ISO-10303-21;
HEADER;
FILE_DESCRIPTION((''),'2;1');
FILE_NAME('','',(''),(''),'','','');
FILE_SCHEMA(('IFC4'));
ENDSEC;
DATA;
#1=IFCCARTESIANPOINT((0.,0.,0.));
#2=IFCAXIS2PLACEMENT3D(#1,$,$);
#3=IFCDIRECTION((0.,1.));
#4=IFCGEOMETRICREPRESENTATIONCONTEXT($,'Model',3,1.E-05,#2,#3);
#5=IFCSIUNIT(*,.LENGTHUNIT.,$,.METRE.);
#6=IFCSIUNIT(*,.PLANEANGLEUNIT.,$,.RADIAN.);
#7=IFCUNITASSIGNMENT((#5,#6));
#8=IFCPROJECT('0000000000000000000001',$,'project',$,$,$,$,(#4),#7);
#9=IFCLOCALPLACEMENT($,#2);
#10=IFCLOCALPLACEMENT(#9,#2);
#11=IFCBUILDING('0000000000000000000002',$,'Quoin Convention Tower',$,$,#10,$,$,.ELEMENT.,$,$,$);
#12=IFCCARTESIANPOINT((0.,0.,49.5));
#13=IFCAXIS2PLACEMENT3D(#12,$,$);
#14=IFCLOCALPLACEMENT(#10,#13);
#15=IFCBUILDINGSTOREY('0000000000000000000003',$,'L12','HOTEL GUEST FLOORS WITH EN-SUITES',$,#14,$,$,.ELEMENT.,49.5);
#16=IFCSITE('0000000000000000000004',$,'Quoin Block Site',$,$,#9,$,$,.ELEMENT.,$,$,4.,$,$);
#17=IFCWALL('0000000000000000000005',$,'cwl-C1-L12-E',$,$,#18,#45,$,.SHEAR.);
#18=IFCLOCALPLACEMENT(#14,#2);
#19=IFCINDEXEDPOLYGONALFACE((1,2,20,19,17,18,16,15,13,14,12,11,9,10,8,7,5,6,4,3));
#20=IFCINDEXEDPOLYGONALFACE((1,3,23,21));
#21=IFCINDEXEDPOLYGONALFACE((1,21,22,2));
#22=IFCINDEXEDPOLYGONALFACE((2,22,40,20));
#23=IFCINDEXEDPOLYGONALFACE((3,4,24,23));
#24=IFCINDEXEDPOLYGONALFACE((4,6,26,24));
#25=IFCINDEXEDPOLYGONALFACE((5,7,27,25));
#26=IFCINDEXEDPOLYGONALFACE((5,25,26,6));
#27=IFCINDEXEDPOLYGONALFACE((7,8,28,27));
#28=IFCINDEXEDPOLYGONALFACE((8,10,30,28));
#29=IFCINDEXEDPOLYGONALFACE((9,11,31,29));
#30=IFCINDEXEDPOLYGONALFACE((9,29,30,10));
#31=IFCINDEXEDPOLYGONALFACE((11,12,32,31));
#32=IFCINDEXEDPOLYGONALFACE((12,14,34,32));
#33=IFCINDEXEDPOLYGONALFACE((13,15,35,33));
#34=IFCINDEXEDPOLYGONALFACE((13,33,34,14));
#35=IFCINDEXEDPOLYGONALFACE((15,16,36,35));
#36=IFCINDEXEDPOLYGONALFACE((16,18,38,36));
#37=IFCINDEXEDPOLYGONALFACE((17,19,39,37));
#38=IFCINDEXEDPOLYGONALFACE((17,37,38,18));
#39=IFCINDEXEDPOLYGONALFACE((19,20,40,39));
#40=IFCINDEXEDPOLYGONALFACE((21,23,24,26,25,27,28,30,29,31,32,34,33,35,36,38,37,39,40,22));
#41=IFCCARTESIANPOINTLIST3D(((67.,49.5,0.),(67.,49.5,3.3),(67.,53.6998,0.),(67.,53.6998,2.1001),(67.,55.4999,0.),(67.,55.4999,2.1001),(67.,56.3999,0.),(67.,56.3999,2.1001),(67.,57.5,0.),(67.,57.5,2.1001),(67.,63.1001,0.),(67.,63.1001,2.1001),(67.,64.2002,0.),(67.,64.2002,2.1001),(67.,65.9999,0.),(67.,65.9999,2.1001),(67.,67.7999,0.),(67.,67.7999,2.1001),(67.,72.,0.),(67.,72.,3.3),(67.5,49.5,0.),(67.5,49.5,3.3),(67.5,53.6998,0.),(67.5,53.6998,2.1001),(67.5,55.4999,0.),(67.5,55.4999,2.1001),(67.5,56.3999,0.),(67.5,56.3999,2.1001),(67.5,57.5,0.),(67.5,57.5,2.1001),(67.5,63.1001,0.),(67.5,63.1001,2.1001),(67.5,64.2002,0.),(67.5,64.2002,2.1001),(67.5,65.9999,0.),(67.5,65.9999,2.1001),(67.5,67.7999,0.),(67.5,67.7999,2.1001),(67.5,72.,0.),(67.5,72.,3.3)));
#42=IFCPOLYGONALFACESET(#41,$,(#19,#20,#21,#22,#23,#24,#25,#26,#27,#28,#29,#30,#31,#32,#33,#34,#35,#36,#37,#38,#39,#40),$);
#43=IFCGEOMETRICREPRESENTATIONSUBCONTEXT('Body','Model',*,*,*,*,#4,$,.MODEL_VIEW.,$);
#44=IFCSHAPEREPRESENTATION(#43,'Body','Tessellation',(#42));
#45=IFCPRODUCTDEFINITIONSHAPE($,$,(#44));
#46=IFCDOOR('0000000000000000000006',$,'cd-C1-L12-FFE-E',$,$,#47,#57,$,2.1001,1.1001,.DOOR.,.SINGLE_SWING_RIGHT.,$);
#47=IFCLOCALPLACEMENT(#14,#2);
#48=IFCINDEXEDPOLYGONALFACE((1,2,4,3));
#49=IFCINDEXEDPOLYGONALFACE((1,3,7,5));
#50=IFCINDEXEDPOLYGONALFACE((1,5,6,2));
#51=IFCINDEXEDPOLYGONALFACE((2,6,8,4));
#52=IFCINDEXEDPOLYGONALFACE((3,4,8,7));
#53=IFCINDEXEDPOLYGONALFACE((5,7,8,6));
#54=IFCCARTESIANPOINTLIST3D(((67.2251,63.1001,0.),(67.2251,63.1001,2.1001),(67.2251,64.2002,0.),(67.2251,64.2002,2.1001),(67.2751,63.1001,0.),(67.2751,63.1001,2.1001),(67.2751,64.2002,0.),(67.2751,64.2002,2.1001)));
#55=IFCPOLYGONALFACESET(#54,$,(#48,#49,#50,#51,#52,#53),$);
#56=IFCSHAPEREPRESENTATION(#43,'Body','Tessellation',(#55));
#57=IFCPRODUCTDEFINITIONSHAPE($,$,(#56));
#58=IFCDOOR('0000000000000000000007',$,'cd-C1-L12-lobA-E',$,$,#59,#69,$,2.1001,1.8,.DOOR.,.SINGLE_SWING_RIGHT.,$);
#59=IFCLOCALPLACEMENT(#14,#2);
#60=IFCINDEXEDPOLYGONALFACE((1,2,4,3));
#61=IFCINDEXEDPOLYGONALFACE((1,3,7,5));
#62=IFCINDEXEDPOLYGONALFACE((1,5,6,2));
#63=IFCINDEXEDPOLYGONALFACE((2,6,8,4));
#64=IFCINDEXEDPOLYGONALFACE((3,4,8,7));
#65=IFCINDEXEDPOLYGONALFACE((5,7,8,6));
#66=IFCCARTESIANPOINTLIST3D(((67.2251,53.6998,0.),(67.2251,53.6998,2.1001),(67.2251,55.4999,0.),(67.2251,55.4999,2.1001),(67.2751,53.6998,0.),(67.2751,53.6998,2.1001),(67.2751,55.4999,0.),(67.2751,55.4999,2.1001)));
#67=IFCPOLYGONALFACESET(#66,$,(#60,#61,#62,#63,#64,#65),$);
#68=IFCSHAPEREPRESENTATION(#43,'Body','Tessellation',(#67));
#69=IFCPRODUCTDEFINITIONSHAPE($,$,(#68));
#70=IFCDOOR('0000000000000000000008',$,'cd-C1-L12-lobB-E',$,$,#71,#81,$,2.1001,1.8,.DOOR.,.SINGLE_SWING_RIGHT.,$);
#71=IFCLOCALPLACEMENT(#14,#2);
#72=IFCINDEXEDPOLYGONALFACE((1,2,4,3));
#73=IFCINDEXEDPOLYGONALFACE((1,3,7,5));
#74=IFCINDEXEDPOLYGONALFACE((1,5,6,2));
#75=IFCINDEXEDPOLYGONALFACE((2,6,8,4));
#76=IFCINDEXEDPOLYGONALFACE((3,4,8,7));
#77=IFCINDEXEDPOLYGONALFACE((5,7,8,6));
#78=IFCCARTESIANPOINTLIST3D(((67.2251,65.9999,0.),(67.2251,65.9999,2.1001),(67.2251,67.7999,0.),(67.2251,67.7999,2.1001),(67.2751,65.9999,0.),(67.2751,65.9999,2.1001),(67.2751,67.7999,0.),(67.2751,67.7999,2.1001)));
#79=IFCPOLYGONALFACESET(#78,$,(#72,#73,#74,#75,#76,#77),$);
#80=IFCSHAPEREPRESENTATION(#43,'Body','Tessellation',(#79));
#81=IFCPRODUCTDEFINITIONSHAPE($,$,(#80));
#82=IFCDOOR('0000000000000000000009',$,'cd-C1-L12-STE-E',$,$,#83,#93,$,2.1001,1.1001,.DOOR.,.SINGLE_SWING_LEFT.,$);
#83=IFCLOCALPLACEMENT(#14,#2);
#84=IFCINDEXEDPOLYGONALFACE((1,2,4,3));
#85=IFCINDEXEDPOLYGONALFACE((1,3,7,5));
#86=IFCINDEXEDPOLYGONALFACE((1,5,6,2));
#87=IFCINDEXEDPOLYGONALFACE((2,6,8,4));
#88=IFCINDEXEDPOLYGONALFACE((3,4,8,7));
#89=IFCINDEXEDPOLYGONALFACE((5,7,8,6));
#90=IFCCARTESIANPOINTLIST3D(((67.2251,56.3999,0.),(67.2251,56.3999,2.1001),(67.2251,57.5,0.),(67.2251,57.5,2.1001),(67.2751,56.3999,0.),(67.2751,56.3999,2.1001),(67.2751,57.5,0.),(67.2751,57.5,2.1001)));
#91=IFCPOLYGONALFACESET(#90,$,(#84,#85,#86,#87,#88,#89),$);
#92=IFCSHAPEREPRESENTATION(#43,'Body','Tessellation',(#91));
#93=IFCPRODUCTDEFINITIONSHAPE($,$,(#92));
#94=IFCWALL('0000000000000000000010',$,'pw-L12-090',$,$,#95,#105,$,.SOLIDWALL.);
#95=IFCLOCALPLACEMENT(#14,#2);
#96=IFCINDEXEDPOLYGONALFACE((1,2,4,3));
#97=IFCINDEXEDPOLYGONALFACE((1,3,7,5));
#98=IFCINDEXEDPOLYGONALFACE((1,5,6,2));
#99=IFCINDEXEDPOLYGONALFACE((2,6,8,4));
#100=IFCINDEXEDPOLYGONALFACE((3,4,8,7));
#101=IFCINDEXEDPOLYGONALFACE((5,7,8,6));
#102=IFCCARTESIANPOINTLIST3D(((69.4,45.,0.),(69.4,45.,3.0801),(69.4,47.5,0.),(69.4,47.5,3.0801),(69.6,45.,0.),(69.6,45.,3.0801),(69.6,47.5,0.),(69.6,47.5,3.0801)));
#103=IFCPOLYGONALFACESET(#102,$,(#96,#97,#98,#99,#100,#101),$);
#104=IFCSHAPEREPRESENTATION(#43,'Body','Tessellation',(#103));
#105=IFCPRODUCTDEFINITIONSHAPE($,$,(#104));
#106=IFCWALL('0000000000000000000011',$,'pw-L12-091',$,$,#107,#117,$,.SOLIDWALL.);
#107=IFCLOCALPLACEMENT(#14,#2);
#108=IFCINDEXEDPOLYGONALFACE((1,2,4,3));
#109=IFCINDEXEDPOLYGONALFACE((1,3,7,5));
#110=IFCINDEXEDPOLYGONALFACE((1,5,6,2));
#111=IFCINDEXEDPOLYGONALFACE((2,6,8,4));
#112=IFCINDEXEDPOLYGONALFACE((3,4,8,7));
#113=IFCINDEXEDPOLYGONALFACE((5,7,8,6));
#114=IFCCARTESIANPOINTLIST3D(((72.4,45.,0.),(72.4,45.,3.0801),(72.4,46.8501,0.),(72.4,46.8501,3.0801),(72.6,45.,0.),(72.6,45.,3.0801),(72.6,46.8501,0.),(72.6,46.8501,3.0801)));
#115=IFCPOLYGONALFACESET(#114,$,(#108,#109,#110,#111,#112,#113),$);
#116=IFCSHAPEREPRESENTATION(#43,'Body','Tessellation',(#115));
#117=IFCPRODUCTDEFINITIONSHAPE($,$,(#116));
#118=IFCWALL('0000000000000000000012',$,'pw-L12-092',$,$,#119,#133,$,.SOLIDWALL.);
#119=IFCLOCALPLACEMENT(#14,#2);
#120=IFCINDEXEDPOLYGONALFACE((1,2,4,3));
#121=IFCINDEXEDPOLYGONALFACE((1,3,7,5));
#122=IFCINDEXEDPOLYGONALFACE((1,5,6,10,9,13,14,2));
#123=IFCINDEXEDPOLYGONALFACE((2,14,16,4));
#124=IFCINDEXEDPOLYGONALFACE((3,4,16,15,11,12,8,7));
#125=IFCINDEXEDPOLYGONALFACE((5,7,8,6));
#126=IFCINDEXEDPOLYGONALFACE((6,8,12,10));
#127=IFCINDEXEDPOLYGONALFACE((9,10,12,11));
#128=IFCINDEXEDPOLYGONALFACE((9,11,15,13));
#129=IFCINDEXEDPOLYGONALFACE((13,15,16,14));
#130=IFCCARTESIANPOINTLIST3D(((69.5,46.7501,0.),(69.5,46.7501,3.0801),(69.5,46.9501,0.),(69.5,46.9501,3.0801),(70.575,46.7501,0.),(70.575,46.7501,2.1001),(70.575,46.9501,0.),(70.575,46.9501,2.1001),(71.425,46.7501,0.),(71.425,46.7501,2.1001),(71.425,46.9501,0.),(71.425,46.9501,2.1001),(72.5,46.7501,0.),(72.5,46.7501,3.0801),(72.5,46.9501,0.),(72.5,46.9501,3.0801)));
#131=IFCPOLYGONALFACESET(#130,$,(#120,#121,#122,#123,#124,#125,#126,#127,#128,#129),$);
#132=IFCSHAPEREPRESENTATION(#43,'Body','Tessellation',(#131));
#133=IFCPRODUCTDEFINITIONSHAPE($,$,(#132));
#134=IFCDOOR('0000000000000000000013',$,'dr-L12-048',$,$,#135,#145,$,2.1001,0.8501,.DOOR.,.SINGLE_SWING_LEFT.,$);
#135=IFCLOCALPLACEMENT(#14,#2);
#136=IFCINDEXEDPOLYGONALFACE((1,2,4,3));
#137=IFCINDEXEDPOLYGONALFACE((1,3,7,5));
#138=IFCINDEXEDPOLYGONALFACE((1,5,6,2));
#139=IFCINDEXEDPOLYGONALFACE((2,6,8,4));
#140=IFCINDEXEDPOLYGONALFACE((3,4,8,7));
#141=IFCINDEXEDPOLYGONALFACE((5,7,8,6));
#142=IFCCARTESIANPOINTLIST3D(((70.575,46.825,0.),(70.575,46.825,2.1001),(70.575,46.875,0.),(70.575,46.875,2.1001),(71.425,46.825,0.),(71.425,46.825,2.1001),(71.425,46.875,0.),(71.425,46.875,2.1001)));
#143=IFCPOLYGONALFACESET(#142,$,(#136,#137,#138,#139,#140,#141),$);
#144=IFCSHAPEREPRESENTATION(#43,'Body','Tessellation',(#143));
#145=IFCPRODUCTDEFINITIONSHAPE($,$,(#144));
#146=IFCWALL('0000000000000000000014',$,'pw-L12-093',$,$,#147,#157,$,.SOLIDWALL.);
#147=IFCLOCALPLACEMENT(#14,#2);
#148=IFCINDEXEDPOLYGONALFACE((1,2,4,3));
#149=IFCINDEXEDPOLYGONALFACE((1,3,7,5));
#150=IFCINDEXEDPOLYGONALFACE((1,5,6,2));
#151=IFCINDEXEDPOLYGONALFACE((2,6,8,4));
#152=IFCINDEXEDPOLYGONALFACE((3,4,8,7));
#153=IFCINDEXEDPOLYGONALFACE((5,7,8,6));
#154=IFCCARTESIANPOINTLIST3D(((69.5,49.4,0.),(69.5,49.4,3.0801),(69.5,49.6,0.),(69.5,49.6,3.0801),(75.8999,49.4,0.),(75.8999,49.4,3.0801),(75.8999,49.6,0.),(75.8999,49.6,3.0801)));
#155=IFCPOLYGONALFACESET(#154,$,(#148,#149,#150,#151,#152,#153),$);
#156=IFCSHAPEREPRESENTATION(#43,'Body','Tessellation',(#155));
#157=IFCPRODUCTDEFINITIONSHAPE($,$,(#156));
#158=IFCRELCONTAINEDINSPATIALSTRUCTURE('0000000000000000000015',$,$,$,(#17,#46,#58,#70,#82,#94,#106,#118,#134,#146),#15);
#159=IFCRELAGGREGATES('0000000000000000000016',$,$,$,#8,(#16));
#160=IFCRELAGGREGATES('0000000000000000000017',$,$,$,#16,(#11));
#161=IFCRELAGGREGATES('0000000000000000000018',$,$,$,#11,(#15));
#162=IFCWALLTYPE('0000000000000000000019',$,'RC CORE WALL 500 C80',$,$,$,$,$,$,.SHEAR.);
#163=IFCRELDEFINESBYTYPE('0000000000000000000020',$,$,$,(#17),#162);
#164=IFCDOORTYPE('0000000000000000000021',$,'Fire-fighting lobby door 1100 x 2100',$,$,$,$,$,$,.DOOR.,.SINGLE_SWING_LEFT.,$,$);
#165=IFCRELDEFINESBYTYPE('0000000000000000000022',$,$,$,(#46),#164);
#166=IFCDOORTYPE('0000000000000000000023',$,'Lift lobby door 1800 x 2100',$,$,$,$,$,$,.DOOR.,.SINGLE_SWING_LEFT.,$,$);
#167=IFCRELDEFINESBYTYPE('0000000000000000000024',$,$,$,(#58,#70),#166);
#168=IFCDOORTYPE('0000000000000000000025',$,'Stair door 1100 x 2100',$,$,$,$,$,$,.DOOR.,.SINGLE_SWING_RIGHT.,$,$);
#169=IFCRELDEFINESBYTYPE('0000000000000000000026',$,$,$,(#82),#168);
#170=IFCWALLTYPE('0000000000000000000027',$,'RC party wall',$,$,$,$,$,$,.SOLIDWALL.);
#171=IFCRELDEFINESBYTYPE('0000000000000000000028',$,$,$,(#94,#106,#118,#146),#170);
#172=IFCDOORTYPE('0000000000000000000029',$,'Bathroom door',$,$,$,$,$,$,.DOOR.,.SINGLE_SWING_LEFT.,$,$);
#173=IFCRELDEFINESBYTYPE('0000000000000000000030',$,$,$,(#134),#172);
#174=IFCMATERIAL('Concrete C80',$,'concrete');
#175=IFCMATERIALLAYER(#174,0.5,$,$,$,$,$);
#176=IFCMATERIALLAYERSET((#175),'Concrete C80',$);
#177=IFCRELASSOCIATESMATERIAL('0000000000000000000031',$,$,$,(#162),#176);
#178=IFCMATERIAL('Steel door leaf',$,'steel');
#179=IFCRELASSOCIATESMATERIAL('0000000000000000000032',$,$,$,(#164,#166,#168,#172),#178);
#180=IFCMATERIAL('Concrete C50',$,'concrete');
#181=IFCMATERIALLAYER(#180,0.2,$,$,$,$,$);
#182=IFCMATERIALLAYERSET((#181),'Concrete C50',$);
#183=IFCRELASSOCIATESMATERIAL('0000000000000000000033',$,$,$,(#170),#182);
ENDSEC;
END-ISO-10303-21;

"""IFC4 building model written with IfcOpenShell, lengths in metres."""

from ifc_helpers import new_model, si_unit, direction, frame, frame_2d, origin, place, context, subcontext, project, spatial, rectangle, extrude, material, layer, layer_set, type_object, element, fill, save


model = new_model("IFC4")

# Units and contexts
model_context = context("Model", 3, precision=1e-05, world=origin(), true_north=direction((0.0, 1.0)))
body_context = subcontext(model_context, "Body", "Model", "MODEL_VIEW")
ifc_project = project(units=[si_unit("LENGTHUNIT", "METRE"), si_unit("PLANEANGLEUNIT", "RADIAN")], contexts=[model_context])

# Site, building, storey
site_placement = place(None, origin())
site = spatial("IfcSite", under=ifc_project, at=site_placement, Name="Quoin Block Site", CompositionType="ELEMENT", RefElevation=4.0)
building_placement = place(site_placement, origin())
building = spatial("IfcBuilding", under=site, at=building_placement, Name="Quoin Convention Tower", CompositionType="ELEMENT")
storey_placement = place(building_placement, frame((0.0, 0.0, 49.5)))
storey = spatial("IfcBuildingStorey", under=building, at=storey_placement, Name="L12", Description="HOTEL GUEST FLOORS WITH EN-SUITES", CompositionType="ELEMENT", Elevation=49.5)

# Shared definitions
ifc_material_1 = material(Name="Concrete C80", Category="concrete")

# Wall, openings, doors
ifc_layer_1 = layer(ifc_material_1, 0.5)
ifc_layer_set_1 = layer_set([ifc_layer_1], Name="Concrete C80")
wall_type_1 = type_object("IfcWallType", Name="RC CORE WALL 500 C80", PredefinedType="SHEAR", material=ifc_layer_set_1)
wall_1_placement = place(storey_placement, frame((67.25, 49.5, 0.0), z_axis=(0.0, 0.0, 1.0), x_axis=(0.0, 1.0, 0.0)))
wall_1 = element("IfcWall", 1, at=wall_1_placement, inside=storey, type_object=wall_type_1, Name="cwl-C1-L12-E", PredefinedType="SHEAR", context=body_context, shape_type="SweptSolid", body=[
    extrude(rectangle(XDim=22.5, YDim=0.5, at=frame_2d((11.25, 0.0))), origin(), (0.0, 0.0, 1.0), 3.3),
])
opening_1_placement = place(wall_1_placement, frame((4.2, 0.0, 0.0)))
opening_1 = element("IfcOpeningElement", 2, at=opening_1_placement, cuts=wall_1, PredefinedType="OPENING", context=body_context, shape_type="SweptSolid", body=[
    extrude(rectangle(XDim=1.8, YDim=2.1001, at=frame_2d((0.8999, 1.05))), frame((0.0, 0.26, 0.0), z_axis=(0.0, -1.0, 0.0), x_axis=(1.0, 0.0, 0.0)), (0.0, 0.0, 1.0), 0.52),
])
opening_2_placement = place(wall_1_placement, frame((6.8999, 0.0, 0.0)))
opening_2 = element("IfcOpeningElement", 3, at=opening_2_placement, cuts=wall_1, PredefinedType="OPENING", context=body_context, shape_type="SweptSolid", body=[
    extrude(rectangle(XDim=1.1001, YDim=2.1001, at=frame_2d((0.55, 1.05))), frame((0.0, 0.26, 0.0), z_axis=(0.0, -1.0, 0.0), x_axis=(1.0, 0.0, 0.0)), (0.0, 0.0, 1.0), 0.52),
])
opening_3_placement = place(wall_1_placement, frame((13.6001, 0.0, 0.0)))
opening_3 = element("IfcOpeningElement", 4, at=opening_3_placement, cuts=wall_1, PredefinedType="OPENING", context=body_context, shape_type="SweptSolid", body=[
    extrude(rectangle(XDim=1.1001, YDim=2.1001, at=frame_2d((0.55, 1.05))), frame((0.0, 0.26, 0.0), z_axis=(0.0, -1.0, 0.0), x_axis=(1.0, 0.0, 0.0)), (0.0, 0.0, 1.0), 0.52),
])
opening_4_placement = place(wall_1_placement, frame((16.5, 0.0, 0.0)))
opening_4 = element("IfcOpeningElement", 5, at=opening_4_placement, cuts=wall_1, PredefinedType="OPENING", context=body_context, shape_type="SweptSolid", body=[
    extrude(rectangle(XDim=1.8, YDim=2.1001, at=frame_2d((0.8999, 1.05))), frame((0.0, 0.26, 0.0), z_axis=(0.0, -1.0, 0.0), x_axis=(1.0, 0.0, 0.0)), (0.0, 0.0, 1.0), 0.52),
])
ifc_material_2 = material(Name="Steel door leaf", Category="steel")
door_type_1 = type_object("IfcDoorType", Name="Fire-fighting lobby door 1100 x 2100", OperationType="SINGLE_SWING_LEFT", PredefinedType="DOOR", material=ifc_material_2)
door_1_placement = place(opening_3_placement, origin())
door_1 = element("IfcDoor", 6, at=door_1_placement, inside=storey, type_object=door_type_1, Name="cd-C1-L12-FFE-E", OperationType="SINGLE_SWING_RIGHT", OverallHeight=2.1001, OverallWidth=1.1001, PredefinedType="DOOR", context=body_context, shape_type="SweptSolid", body=[
    extrude(rectangle(XDim=1.1001, YDim=2.1001, at=frame_2d((0.55, 1.05))), frame((0.0, 0.0249, 0.0), z_axis=(0.0, -1.0, 0.0), x_axis=(1.0, 0.0, 0.0)), (0.0, 0.0, 1.0), 0.05),
])
fill(opening_3, door_1)
door_type_2 = type_object("IfcDoorType", Name="Lift lobby door 1800 x 2100", OperationType="SINGLE_SWING_LEFT", PredefinedType="DOOR", material=ifc_material_2)
door_2_placement = place(opening_1_placement, origin())
door_2 = element("IfcDoor", 7, at=door_2_placement, inside=storey, type_object=door_type_2, Name="cd-C1-L12-lobA-E", OperationType="SINGLE_SWING_RIGHT", OverallHeight=2.1001, OverallWidth=1.8, PredefinedType="DOOR", context=body_context, shape_type="SweptSolid", body=[
    extrude(rectangle(XDim=1.8, YDim=2.1001, at=frame_2d((0.8999, 1.05))), frame((0.0, 0.0249, 0.0), z_axis=(0.0, -1.0, 0.0), x_axis=(1.0, 0.0, 0.0)), (0.0, 0.0, 1.0), 0.05),
])
fill(opening_1, door_2)
door_3_placement = place(opening_4_placement, origin())
door_3 = element("IfcDoor", 8, at=door_3_placement, inside=storey, type_object=door_type_2, Name="cd-C1-L12-lobB-E", OperationType="SINGLE_SWING_RIGHT", OverallHeight=2.1001, OverallWidth=1.8, PredefinedType="DOOR", context=body_context, shape_type="SweptSolid", body=[
    extrude(rectangle(XDim=1.8, YDim=2.1001, at=frame_2d((0.8999, 1.05))), frame((0.0, 0.0249, 0.0), z_axis=(0.0, -1.0, 0.0), x_axis=(1.0, 0.0, 0.0)), (0.0, 0.0, 1.0), 0.05),
])
fill(opening_4, door_3)
door_type_3 = type_object("IfcDoorType", Name="Stair door 1100 x 2100", OperationType="SINGLE_SWING_RIGHT", PredefinedType="DOOR", material=ifc_material_2)
door_4_placement = place(opening_2_placement, origin())
door_4 = element("IfcDoor", 9, at=door_4_placement, inside=storey, type_object=door_type_3, Name="cd-C1-L12-STE-E", OperationType="SINGLE_SWING_LEFT", OverallHeight=2.1001, OverallWidth=1.1001, PredefinedType="DOOR", context=body_context, shape_type="SweptSolid", body=[
    extrude(rectangle(XDim=1.1001, YDim=2.1001, at=frame_2d((0.55, 1.05))), frame((0.0, 0.0249, 0.0), z_axis=(0.0, -1.0, 0.0), x_axis=(1.0, 0.0, 0.0)), (0.0, 0.0, 1.0), 0.05),
])
fill(opening_2, door_4)

# Walls
ifc_material_3 = material(Name="Concrete C50", Category="concrete")
ifc_layer_2 = layer(ifc_material_3, 0.2)
ifc_layer_set_2 = layer_set([ifc_layer_2], Name="Concrete C50")
wall_type_2 = type_object("IfcWallType", Name="RC party wall", PredefinedType="SOLIDWALL", material=ifc_layer_set_2)
wall_2_placement = place(storey_placement, frame((69.5, 45.0, 0.0), z_axis=(0.0, 0.0, 1.0), x_axis=(0.0, 1.0, 0.0)))
element("IfcWall", 10, at=wall_2_placement, inside=storey, type_object=wall_type_2, Name="pw-L12-090", PredefinedType="SOLIDWALL", context=body_context, shape_type="SweptSolid", body=[
    extrude(rectangle(XDim=2.5, YDim=0.2, at=frame_2d((1.25, 0.0))), origin(), (0.0, 0.0, 1.0), 3.0801),
])
wall_3_placement = place(storey_placement, frame((72.5, 45.0, 0.0), z_axis=(0.0, 0.0, 1.0), x_axis=(0.0, 1.0, 0.0)))
element("IfcWall", 11, at=wall_3_placement, inside=storey, type_object=wall_type_2, Name="pw-L12-091", PredefinedType="SOLIDWALL", context=body_context, shape_type="SweptSolid", body=[
    extrude(rectangle(XDim=1.8501, YDim=0.2, at=frame_2d((0.925, 0.0))), origin(), (0.0, 0.0, 1.0), 3.0801),
])

# Wall, opening, door
wall_4_placement = place(storey_placement, frame((69.5, 46.8501, 0.0), z_axis=(0.0, 0.0, 1.0), x_axis=(1.0, 0.0, 0.0)))
wall_4 = element("IfcWall", 12, at=wall_4_placement, inside=storey, type_object=wall_type_2, Name="pw-L12-092", PredefinedType="SOLIDWALL", context=body_context, shape_type="SweptSolid", body=[
    extrude(rectangle(XDim=3.0, YDim=0.2, at=frame_2d((1.5, 0.0))), origin(), (0.0, 0.0, 1.0), 3.0801),
])
opening_5_placement = place(wall_4_placement, frame((1.075, 0.0, 0.0)))
opening_5 = element("IfcOpeningElement", 13, at=opening_5_placement, cuts=wall_4, PredefinedType="OPENING", context=body_context, shape_type="SweptSolid", body=[
    extrude(rectangle(XDim=0.8501, YDim=2.1001, at=frame_2d((0.425, 1.05))), frame((0.0, 0.1099, 0.0), z_axis=(0.0, -1.0, 0.0), x_axis=(1.0, 0.0, 0.0)), (0.0, 0.0, 1.0), 0.22),
])
door_type_4 = type_object("IfcDoorType", Name="Bathroom door", OperationType="SINGLE_SWING_LEFT", PredefinedType="DOOR", material=ifc_material_2)
door_5_placement = place(opening_5_placement, origin())
door_5 = element("IfcDoor", 14, at=door_5_placement, inside=storey, type_object=door_type_4, Name="dr-L12-048", OperationType="SINGLE_SWING_LEFT", OverallHeight=2.1001, OverallWidth=0.8501, PredefinedType="DOOR", context=body_context, shape_type="SweptSolid", body=[
    extrude(rectangle(XDim=0.8501, YDim=2.1001, at=frame_2d((0.425, 1.05))), frame((0.0, 0.0249, 0.0), z_axis=(0.0, -1.0, 0.0), x_axis=(1.0, 0.0, 0.0)), (0.0, 0.0, 1.0), 0.05),
])
fill(opening_5, door_5)

# Wall
wall_5_placement = place(storey_placement, frame((69.5, 49.5, 0.0), z_axis=(0.0, 0.0, 1.0), x_axis=(1.0, 0.0, 0.0)))
element("IfcWall", 15, at=wall_5_placement, inside=storey, type_object=wall_type_2, Name="pw-L12-093", PredefinedType="SOLIDWALL", context=body_context, shape_type="SweptSolid", body=[
    extrude(rectangle(XDim=6.3999, YDim=0.2, at=frame_2d((3.2, 0.0))), origin(), (0.0, 0.0, 1.0), 3.0801),
])

save(model, "model.ifc")
